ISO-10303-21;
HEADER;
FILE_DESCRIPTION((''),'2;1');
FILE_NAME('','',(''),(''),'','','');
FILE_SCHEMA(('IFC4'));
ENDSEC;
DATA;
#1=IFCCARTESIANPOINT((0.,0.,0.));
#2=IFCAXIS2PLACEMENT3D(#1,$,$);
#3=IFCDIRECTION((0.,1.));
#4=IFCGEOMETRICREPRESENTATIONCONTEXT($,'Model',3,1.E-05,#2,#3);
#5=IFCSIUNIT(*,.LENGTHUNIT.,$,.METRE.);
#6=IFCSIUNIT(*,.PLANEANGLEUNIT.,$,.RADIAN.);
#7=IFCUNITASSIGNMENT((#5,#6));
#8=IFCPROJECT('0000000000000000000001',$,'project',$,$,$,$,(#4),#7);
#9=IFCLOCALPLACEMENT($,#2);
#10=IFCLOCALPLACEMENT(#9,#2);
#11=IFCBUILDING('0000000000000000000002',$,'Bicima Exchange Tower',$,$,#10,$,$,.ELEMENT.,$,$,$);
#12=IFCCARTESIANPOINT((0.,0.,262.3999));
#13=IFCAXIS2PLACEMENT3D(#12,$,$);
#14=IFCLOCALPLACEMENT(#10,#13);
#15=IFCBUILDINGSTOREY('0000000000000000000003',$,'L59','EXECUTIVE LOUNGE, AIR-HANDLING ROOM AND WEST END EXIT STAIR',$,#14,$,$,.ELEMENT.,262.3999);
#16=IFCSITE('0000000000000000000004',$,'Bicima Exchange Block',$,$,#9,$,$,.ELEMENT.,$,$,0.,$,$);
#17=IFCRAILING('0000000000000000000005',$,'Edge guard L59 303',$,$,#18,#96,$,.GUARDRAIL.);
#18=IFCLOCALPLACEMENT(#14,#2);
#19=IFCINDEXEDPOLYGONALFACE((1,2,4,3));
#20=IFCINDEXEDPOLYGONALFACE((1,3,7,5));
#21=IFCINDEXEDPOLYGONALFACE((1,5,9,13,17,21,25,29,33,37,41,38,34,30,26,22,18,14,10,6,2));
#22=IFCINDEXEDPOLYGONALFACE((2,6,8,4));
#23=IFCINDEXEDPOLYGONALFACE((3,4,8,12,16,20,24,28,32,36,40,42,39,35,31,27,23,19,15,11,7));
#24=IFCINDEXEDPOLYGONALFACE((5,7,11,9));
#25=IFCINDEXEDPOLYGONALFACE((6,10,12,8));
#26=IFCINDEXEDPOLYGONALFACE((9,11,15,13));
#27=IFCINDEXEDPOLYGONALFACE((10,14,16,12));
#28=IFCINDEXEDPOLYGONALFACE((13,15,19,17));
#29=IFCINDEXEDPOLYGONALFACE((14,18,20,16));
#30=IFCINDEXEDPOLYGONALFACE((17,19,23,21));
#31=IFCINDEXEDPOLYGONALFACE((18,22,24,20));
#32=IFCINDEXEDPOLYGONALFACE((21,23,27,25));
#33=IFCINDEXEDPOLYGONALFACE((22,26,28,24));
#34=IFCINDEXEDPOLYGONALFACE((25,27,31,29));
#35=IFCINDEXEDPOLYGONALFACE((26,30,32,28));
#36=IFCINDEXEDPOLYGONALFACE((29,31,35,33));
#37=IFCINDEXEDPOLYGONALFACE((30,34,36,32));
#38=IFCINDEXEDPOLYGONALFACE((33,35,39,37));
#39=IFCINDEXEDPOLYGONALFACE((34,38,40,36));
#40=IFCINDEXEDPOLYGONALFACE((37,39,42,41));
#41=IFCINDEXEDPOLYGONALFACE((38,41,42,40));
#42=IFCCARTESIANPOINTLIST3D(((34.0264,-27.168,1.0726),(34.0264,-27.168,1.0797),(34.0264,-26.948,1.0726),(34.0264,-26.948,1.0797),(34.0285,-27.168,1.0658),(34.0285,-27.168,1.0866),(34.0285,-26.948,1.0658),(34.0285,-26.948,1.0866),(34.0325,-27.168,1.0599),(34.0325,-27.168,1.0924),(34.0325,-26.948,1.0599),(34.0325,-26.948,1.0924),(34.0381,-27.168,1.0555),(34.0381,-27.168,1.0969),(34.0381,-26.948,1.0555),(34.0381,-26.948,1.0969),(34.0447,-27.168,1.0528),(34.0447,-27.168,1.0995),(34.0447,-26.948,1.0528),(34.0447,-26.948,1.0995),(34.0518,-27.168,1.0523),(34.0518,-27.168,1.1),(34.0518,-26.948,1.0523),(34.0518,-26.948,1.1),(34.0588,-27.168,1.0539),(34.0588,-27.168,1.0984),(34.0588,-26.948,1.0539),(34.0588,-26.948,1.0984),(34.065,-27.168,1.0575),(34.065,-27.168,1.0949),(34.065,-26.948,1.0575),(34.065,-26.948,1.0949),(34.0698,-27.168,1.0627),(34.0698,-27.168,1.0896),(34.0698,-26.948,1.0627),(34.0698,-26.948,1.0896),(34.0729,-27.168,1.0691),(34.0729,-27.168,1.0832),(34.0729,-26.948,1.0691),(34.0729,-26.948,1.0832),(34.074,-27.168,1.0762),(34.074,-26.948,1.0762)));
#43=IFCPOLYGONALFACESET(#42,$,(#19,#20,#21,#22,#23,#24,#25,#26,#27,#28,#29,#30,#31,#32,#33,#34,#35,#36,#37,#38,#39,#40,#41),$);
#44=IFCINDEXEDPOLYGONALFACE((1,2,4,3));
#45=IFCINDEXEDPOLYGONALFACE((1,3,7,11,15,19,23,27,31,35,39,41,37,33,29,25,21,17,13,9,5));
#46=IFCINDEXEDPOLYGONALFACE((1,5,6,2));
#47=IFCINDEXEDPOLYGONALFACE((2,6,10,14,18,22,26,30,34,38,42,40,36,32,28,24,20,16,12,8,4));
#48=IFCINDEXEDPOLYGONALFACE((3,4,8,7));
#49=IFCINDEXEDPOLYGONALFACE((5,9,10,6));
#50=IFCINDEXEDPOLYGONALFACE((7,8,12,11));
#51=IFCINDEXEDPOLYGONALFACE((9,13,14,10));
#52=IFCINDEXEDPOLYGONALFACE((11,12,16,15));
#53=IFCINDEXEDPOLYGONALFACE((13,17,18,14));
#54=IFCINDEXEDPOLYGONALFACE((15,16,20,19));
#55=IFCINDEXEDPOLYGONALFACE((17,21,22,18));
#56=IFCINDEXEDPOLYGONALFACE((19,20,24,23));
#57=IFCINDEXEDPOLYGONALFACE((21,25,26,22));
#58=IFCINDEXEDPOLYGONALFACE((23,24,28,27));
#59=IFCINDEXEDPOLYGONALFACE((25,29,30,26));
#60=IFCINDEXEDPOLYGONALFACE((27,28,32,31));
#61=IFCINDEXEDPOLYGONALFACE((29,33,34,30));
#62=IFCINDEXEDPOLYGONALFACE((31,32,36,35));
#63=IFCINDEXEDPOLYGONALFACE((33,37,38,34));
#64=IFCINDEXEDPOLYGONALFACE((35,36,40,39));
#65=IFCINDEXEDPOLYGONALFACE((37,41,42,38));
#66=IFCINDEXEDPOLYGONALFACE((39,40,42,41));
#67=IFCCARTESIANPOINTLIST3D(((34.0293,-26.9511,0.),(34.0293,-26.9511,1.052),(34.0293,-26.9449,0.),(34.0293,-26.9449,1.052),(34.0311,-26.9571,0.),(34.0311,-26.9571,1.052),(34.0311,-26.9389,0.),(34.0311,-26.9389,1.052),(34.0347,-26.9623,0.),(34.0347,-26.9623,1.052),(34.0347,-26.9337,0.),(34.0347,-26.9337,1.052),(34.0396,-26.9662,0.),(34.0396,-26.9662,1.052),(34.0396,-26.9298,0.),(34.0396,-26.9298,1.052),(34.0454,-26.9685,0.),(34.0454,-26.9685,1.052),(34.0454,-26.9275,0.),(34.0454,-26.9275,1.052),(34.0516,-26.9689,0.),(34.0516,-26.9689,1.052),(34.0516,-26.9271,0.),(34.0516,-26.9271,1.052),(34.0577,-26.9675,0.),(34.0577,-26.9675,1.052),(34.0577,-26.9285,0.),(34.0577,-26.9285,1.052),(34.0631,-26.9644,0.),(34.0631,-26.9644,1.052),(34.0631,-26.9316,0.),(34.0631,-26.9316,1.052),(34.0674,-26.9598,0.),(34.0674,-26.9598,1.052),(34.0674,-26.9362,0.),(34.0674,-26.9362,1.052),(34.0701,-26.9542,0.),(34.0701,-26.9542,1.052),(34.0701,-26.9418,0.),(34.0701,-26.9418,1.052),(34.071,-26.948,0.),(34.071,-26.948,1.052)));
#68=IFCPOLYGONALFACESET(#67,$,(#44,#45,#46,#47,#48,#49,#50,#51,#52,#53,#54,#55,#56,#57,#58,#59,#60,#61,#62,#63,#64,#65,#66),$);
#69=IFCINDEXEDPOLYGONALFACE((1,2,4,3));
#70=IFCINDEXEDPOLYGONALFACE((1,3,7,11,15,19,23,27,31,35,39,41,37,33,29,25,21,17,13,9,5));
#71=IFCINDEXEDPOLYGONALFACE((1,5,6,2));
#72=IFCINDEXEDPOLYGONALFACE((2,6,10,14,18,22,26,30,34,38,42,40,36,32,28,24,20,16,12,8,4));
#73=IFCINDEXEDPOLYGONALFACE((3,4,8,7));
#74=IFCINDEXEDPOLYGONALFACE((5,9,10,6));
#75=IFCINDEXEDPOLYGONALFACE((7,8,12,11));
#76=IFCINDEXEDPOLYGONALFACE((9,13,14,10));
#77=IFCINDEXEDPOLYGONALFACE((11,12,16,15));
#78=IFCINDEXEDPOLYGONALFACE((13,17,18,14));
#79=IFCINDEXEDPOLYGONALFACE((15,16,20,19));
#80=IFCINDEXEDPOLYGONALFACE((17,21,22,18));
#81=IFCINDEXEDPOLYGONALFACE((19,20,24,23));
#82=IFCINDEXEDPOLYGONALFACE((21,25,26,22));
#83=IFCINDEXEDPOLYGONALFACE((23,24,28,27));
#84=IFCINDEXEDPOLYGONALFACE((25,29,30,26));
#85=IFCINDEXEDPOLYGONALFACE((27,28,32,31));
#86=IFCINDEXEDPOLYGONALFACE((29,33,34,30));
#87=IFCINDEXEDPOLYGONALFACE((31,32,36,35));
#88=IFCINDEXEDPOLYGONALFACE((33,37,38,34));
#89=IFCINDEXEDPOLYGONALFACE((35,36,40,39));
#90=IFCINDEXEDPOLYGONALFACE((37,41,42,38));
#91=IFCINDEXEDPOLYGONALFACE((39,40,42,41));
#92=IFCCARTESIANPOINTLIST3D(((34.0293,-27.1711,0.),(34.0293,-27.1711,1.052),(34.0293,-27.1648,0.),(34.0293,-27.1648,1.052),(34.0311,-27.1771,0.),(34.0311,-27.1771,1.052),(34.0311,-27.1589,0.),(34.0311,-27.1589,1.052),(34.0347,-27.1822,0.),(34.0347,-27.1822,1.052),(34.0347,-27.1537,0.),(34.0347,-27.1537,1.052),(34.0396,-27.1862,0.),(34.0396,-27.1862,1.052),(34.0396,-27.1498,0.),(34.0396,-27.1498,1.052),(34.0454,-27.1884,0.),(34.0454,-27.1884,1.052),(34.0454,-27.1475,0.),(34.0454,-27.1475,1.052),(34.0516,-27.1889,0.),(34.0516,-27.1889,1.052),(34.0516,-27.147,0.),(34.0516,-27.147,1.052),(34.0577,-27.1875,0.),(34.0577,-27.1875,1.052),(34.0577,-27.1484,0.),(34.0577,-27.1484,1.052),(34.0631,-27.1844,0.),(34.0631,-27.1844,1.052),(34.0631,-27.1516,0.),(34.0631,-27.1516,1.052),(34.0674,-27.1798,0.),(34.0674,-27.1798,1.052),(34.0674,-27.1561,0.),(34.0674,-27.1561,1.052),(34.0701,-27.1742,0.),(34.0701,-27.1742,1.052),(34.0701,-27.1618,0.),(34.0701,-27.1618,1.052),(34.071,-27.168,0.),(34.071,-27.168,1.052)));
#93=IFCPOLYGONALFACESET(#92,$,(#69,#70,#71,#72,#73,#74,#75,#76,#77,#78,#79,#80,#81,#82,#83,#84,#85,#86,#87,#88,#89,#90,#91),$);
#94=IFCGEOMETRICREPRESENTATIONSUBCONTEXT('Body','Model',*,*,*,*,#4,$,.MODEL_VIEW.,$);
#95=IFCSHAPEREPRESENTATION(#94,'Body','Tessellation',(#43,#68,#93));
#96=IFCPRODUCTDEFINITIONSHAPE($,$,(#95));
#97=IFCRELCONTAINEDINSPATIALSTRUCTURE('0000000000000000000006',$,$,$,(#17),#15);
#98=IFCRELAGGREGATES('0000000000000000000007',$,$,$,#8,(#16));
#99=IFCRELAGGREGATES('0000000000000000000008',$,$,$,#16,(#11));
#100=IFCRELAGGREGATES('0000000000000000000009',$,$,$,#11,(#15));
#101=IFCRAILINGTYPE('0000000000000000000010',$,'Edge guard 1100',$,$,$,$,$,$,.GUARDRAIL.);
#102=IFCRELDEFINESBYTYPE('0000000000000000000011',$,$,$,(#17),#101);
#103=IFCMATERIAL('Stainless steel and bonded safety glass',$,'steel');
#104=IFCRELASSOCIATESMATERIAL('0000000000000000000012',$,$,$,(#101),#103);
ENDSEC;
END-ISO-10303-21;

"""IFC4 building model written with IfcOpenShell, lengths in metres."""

from ifc_helpers import new_model, si_unit, direction, frame, origin, origin_2d, place, context, subcontext, project, spatial, circle, extrude, material, type_object, element, save


model = new_model("IFC4")

# Units and contexts
model_context = context("Model", 3, precision=1e-05, world=origin(), true_north=direction((0.0, 1.0)))
body_context = subcontext(model_context, "Body", "Model", "MODEL_VIEW")
ifc_project = project(units=[si_unit("LENGTHUNIT", "METRE"), si_unit("PLANEANGLEUNIT", "RADIAN")], contexts=[model_context])

# Site, building, storey
site_placement = place(None, origin())
site = spatial("IfcSite", under=ifc_project, at=site_placement, Name="Bicima Exchange Block", CompositionType="ELEMENT", RefElevation=0.0)
building_placement = place(site_placement, origin())
building = spatial("IfcBuilding", under=site, at=building_placement, Name="Bicima Exchange Tower", CompositionType="ELEMENT")
storey_placement = place(building_placement, frame((0.0, 0.0, 262.3999)))
storey = spatial("IfcBuildingStorey", under=building, at=storey_placement, Name="L59", Description="EXECUTIVE LOUNGE, AIR-HANDLING ROOM AND WEST END EXIT STAIR", CompositionType="ELEMENT", Elevation=262.3999)

# Railing
ifc_material_1 = material(Name="Stainless steel and bonded safety glass", Category="steel")
railing_type = type_object("IfcRailingType", Name="Edge guard 1100", PredefinedType="GUARDRAIL", material=ifc_material_1)
railing_1_placement = place(storey_placement, frame((34.05, -26.948, 0.0)))
element("IfcRailing", 1, at=railing_1_placement, inside=storey, type_object=railing_type, Name="Edge guard L59 303", PredefinedType="GUARDRAIL", context=body_context, shape_type="SweptSolid", body=[
    extrude(circle(Radius=0.0239, at=origin_2d()), frame((0.0, 0.0, 1.0762), z_axis=(0.0, -1.0, 0.0), x_axis=(1.0, 0.0, 0.0)), (0.0, 0.0, 1.0), 0.22),
    extrude(circle(Radius=0.021, at=origin_2d()), origin(), (0.0, 0.0, 1.0), 1.052),
    extrude(circle(Radius=0.021, at=origin_2d()), frame((0.0, -0.22, 0.0)), (0.0, 0.0, 1.0), 1.052),
])

save(model, "model.ifc")
